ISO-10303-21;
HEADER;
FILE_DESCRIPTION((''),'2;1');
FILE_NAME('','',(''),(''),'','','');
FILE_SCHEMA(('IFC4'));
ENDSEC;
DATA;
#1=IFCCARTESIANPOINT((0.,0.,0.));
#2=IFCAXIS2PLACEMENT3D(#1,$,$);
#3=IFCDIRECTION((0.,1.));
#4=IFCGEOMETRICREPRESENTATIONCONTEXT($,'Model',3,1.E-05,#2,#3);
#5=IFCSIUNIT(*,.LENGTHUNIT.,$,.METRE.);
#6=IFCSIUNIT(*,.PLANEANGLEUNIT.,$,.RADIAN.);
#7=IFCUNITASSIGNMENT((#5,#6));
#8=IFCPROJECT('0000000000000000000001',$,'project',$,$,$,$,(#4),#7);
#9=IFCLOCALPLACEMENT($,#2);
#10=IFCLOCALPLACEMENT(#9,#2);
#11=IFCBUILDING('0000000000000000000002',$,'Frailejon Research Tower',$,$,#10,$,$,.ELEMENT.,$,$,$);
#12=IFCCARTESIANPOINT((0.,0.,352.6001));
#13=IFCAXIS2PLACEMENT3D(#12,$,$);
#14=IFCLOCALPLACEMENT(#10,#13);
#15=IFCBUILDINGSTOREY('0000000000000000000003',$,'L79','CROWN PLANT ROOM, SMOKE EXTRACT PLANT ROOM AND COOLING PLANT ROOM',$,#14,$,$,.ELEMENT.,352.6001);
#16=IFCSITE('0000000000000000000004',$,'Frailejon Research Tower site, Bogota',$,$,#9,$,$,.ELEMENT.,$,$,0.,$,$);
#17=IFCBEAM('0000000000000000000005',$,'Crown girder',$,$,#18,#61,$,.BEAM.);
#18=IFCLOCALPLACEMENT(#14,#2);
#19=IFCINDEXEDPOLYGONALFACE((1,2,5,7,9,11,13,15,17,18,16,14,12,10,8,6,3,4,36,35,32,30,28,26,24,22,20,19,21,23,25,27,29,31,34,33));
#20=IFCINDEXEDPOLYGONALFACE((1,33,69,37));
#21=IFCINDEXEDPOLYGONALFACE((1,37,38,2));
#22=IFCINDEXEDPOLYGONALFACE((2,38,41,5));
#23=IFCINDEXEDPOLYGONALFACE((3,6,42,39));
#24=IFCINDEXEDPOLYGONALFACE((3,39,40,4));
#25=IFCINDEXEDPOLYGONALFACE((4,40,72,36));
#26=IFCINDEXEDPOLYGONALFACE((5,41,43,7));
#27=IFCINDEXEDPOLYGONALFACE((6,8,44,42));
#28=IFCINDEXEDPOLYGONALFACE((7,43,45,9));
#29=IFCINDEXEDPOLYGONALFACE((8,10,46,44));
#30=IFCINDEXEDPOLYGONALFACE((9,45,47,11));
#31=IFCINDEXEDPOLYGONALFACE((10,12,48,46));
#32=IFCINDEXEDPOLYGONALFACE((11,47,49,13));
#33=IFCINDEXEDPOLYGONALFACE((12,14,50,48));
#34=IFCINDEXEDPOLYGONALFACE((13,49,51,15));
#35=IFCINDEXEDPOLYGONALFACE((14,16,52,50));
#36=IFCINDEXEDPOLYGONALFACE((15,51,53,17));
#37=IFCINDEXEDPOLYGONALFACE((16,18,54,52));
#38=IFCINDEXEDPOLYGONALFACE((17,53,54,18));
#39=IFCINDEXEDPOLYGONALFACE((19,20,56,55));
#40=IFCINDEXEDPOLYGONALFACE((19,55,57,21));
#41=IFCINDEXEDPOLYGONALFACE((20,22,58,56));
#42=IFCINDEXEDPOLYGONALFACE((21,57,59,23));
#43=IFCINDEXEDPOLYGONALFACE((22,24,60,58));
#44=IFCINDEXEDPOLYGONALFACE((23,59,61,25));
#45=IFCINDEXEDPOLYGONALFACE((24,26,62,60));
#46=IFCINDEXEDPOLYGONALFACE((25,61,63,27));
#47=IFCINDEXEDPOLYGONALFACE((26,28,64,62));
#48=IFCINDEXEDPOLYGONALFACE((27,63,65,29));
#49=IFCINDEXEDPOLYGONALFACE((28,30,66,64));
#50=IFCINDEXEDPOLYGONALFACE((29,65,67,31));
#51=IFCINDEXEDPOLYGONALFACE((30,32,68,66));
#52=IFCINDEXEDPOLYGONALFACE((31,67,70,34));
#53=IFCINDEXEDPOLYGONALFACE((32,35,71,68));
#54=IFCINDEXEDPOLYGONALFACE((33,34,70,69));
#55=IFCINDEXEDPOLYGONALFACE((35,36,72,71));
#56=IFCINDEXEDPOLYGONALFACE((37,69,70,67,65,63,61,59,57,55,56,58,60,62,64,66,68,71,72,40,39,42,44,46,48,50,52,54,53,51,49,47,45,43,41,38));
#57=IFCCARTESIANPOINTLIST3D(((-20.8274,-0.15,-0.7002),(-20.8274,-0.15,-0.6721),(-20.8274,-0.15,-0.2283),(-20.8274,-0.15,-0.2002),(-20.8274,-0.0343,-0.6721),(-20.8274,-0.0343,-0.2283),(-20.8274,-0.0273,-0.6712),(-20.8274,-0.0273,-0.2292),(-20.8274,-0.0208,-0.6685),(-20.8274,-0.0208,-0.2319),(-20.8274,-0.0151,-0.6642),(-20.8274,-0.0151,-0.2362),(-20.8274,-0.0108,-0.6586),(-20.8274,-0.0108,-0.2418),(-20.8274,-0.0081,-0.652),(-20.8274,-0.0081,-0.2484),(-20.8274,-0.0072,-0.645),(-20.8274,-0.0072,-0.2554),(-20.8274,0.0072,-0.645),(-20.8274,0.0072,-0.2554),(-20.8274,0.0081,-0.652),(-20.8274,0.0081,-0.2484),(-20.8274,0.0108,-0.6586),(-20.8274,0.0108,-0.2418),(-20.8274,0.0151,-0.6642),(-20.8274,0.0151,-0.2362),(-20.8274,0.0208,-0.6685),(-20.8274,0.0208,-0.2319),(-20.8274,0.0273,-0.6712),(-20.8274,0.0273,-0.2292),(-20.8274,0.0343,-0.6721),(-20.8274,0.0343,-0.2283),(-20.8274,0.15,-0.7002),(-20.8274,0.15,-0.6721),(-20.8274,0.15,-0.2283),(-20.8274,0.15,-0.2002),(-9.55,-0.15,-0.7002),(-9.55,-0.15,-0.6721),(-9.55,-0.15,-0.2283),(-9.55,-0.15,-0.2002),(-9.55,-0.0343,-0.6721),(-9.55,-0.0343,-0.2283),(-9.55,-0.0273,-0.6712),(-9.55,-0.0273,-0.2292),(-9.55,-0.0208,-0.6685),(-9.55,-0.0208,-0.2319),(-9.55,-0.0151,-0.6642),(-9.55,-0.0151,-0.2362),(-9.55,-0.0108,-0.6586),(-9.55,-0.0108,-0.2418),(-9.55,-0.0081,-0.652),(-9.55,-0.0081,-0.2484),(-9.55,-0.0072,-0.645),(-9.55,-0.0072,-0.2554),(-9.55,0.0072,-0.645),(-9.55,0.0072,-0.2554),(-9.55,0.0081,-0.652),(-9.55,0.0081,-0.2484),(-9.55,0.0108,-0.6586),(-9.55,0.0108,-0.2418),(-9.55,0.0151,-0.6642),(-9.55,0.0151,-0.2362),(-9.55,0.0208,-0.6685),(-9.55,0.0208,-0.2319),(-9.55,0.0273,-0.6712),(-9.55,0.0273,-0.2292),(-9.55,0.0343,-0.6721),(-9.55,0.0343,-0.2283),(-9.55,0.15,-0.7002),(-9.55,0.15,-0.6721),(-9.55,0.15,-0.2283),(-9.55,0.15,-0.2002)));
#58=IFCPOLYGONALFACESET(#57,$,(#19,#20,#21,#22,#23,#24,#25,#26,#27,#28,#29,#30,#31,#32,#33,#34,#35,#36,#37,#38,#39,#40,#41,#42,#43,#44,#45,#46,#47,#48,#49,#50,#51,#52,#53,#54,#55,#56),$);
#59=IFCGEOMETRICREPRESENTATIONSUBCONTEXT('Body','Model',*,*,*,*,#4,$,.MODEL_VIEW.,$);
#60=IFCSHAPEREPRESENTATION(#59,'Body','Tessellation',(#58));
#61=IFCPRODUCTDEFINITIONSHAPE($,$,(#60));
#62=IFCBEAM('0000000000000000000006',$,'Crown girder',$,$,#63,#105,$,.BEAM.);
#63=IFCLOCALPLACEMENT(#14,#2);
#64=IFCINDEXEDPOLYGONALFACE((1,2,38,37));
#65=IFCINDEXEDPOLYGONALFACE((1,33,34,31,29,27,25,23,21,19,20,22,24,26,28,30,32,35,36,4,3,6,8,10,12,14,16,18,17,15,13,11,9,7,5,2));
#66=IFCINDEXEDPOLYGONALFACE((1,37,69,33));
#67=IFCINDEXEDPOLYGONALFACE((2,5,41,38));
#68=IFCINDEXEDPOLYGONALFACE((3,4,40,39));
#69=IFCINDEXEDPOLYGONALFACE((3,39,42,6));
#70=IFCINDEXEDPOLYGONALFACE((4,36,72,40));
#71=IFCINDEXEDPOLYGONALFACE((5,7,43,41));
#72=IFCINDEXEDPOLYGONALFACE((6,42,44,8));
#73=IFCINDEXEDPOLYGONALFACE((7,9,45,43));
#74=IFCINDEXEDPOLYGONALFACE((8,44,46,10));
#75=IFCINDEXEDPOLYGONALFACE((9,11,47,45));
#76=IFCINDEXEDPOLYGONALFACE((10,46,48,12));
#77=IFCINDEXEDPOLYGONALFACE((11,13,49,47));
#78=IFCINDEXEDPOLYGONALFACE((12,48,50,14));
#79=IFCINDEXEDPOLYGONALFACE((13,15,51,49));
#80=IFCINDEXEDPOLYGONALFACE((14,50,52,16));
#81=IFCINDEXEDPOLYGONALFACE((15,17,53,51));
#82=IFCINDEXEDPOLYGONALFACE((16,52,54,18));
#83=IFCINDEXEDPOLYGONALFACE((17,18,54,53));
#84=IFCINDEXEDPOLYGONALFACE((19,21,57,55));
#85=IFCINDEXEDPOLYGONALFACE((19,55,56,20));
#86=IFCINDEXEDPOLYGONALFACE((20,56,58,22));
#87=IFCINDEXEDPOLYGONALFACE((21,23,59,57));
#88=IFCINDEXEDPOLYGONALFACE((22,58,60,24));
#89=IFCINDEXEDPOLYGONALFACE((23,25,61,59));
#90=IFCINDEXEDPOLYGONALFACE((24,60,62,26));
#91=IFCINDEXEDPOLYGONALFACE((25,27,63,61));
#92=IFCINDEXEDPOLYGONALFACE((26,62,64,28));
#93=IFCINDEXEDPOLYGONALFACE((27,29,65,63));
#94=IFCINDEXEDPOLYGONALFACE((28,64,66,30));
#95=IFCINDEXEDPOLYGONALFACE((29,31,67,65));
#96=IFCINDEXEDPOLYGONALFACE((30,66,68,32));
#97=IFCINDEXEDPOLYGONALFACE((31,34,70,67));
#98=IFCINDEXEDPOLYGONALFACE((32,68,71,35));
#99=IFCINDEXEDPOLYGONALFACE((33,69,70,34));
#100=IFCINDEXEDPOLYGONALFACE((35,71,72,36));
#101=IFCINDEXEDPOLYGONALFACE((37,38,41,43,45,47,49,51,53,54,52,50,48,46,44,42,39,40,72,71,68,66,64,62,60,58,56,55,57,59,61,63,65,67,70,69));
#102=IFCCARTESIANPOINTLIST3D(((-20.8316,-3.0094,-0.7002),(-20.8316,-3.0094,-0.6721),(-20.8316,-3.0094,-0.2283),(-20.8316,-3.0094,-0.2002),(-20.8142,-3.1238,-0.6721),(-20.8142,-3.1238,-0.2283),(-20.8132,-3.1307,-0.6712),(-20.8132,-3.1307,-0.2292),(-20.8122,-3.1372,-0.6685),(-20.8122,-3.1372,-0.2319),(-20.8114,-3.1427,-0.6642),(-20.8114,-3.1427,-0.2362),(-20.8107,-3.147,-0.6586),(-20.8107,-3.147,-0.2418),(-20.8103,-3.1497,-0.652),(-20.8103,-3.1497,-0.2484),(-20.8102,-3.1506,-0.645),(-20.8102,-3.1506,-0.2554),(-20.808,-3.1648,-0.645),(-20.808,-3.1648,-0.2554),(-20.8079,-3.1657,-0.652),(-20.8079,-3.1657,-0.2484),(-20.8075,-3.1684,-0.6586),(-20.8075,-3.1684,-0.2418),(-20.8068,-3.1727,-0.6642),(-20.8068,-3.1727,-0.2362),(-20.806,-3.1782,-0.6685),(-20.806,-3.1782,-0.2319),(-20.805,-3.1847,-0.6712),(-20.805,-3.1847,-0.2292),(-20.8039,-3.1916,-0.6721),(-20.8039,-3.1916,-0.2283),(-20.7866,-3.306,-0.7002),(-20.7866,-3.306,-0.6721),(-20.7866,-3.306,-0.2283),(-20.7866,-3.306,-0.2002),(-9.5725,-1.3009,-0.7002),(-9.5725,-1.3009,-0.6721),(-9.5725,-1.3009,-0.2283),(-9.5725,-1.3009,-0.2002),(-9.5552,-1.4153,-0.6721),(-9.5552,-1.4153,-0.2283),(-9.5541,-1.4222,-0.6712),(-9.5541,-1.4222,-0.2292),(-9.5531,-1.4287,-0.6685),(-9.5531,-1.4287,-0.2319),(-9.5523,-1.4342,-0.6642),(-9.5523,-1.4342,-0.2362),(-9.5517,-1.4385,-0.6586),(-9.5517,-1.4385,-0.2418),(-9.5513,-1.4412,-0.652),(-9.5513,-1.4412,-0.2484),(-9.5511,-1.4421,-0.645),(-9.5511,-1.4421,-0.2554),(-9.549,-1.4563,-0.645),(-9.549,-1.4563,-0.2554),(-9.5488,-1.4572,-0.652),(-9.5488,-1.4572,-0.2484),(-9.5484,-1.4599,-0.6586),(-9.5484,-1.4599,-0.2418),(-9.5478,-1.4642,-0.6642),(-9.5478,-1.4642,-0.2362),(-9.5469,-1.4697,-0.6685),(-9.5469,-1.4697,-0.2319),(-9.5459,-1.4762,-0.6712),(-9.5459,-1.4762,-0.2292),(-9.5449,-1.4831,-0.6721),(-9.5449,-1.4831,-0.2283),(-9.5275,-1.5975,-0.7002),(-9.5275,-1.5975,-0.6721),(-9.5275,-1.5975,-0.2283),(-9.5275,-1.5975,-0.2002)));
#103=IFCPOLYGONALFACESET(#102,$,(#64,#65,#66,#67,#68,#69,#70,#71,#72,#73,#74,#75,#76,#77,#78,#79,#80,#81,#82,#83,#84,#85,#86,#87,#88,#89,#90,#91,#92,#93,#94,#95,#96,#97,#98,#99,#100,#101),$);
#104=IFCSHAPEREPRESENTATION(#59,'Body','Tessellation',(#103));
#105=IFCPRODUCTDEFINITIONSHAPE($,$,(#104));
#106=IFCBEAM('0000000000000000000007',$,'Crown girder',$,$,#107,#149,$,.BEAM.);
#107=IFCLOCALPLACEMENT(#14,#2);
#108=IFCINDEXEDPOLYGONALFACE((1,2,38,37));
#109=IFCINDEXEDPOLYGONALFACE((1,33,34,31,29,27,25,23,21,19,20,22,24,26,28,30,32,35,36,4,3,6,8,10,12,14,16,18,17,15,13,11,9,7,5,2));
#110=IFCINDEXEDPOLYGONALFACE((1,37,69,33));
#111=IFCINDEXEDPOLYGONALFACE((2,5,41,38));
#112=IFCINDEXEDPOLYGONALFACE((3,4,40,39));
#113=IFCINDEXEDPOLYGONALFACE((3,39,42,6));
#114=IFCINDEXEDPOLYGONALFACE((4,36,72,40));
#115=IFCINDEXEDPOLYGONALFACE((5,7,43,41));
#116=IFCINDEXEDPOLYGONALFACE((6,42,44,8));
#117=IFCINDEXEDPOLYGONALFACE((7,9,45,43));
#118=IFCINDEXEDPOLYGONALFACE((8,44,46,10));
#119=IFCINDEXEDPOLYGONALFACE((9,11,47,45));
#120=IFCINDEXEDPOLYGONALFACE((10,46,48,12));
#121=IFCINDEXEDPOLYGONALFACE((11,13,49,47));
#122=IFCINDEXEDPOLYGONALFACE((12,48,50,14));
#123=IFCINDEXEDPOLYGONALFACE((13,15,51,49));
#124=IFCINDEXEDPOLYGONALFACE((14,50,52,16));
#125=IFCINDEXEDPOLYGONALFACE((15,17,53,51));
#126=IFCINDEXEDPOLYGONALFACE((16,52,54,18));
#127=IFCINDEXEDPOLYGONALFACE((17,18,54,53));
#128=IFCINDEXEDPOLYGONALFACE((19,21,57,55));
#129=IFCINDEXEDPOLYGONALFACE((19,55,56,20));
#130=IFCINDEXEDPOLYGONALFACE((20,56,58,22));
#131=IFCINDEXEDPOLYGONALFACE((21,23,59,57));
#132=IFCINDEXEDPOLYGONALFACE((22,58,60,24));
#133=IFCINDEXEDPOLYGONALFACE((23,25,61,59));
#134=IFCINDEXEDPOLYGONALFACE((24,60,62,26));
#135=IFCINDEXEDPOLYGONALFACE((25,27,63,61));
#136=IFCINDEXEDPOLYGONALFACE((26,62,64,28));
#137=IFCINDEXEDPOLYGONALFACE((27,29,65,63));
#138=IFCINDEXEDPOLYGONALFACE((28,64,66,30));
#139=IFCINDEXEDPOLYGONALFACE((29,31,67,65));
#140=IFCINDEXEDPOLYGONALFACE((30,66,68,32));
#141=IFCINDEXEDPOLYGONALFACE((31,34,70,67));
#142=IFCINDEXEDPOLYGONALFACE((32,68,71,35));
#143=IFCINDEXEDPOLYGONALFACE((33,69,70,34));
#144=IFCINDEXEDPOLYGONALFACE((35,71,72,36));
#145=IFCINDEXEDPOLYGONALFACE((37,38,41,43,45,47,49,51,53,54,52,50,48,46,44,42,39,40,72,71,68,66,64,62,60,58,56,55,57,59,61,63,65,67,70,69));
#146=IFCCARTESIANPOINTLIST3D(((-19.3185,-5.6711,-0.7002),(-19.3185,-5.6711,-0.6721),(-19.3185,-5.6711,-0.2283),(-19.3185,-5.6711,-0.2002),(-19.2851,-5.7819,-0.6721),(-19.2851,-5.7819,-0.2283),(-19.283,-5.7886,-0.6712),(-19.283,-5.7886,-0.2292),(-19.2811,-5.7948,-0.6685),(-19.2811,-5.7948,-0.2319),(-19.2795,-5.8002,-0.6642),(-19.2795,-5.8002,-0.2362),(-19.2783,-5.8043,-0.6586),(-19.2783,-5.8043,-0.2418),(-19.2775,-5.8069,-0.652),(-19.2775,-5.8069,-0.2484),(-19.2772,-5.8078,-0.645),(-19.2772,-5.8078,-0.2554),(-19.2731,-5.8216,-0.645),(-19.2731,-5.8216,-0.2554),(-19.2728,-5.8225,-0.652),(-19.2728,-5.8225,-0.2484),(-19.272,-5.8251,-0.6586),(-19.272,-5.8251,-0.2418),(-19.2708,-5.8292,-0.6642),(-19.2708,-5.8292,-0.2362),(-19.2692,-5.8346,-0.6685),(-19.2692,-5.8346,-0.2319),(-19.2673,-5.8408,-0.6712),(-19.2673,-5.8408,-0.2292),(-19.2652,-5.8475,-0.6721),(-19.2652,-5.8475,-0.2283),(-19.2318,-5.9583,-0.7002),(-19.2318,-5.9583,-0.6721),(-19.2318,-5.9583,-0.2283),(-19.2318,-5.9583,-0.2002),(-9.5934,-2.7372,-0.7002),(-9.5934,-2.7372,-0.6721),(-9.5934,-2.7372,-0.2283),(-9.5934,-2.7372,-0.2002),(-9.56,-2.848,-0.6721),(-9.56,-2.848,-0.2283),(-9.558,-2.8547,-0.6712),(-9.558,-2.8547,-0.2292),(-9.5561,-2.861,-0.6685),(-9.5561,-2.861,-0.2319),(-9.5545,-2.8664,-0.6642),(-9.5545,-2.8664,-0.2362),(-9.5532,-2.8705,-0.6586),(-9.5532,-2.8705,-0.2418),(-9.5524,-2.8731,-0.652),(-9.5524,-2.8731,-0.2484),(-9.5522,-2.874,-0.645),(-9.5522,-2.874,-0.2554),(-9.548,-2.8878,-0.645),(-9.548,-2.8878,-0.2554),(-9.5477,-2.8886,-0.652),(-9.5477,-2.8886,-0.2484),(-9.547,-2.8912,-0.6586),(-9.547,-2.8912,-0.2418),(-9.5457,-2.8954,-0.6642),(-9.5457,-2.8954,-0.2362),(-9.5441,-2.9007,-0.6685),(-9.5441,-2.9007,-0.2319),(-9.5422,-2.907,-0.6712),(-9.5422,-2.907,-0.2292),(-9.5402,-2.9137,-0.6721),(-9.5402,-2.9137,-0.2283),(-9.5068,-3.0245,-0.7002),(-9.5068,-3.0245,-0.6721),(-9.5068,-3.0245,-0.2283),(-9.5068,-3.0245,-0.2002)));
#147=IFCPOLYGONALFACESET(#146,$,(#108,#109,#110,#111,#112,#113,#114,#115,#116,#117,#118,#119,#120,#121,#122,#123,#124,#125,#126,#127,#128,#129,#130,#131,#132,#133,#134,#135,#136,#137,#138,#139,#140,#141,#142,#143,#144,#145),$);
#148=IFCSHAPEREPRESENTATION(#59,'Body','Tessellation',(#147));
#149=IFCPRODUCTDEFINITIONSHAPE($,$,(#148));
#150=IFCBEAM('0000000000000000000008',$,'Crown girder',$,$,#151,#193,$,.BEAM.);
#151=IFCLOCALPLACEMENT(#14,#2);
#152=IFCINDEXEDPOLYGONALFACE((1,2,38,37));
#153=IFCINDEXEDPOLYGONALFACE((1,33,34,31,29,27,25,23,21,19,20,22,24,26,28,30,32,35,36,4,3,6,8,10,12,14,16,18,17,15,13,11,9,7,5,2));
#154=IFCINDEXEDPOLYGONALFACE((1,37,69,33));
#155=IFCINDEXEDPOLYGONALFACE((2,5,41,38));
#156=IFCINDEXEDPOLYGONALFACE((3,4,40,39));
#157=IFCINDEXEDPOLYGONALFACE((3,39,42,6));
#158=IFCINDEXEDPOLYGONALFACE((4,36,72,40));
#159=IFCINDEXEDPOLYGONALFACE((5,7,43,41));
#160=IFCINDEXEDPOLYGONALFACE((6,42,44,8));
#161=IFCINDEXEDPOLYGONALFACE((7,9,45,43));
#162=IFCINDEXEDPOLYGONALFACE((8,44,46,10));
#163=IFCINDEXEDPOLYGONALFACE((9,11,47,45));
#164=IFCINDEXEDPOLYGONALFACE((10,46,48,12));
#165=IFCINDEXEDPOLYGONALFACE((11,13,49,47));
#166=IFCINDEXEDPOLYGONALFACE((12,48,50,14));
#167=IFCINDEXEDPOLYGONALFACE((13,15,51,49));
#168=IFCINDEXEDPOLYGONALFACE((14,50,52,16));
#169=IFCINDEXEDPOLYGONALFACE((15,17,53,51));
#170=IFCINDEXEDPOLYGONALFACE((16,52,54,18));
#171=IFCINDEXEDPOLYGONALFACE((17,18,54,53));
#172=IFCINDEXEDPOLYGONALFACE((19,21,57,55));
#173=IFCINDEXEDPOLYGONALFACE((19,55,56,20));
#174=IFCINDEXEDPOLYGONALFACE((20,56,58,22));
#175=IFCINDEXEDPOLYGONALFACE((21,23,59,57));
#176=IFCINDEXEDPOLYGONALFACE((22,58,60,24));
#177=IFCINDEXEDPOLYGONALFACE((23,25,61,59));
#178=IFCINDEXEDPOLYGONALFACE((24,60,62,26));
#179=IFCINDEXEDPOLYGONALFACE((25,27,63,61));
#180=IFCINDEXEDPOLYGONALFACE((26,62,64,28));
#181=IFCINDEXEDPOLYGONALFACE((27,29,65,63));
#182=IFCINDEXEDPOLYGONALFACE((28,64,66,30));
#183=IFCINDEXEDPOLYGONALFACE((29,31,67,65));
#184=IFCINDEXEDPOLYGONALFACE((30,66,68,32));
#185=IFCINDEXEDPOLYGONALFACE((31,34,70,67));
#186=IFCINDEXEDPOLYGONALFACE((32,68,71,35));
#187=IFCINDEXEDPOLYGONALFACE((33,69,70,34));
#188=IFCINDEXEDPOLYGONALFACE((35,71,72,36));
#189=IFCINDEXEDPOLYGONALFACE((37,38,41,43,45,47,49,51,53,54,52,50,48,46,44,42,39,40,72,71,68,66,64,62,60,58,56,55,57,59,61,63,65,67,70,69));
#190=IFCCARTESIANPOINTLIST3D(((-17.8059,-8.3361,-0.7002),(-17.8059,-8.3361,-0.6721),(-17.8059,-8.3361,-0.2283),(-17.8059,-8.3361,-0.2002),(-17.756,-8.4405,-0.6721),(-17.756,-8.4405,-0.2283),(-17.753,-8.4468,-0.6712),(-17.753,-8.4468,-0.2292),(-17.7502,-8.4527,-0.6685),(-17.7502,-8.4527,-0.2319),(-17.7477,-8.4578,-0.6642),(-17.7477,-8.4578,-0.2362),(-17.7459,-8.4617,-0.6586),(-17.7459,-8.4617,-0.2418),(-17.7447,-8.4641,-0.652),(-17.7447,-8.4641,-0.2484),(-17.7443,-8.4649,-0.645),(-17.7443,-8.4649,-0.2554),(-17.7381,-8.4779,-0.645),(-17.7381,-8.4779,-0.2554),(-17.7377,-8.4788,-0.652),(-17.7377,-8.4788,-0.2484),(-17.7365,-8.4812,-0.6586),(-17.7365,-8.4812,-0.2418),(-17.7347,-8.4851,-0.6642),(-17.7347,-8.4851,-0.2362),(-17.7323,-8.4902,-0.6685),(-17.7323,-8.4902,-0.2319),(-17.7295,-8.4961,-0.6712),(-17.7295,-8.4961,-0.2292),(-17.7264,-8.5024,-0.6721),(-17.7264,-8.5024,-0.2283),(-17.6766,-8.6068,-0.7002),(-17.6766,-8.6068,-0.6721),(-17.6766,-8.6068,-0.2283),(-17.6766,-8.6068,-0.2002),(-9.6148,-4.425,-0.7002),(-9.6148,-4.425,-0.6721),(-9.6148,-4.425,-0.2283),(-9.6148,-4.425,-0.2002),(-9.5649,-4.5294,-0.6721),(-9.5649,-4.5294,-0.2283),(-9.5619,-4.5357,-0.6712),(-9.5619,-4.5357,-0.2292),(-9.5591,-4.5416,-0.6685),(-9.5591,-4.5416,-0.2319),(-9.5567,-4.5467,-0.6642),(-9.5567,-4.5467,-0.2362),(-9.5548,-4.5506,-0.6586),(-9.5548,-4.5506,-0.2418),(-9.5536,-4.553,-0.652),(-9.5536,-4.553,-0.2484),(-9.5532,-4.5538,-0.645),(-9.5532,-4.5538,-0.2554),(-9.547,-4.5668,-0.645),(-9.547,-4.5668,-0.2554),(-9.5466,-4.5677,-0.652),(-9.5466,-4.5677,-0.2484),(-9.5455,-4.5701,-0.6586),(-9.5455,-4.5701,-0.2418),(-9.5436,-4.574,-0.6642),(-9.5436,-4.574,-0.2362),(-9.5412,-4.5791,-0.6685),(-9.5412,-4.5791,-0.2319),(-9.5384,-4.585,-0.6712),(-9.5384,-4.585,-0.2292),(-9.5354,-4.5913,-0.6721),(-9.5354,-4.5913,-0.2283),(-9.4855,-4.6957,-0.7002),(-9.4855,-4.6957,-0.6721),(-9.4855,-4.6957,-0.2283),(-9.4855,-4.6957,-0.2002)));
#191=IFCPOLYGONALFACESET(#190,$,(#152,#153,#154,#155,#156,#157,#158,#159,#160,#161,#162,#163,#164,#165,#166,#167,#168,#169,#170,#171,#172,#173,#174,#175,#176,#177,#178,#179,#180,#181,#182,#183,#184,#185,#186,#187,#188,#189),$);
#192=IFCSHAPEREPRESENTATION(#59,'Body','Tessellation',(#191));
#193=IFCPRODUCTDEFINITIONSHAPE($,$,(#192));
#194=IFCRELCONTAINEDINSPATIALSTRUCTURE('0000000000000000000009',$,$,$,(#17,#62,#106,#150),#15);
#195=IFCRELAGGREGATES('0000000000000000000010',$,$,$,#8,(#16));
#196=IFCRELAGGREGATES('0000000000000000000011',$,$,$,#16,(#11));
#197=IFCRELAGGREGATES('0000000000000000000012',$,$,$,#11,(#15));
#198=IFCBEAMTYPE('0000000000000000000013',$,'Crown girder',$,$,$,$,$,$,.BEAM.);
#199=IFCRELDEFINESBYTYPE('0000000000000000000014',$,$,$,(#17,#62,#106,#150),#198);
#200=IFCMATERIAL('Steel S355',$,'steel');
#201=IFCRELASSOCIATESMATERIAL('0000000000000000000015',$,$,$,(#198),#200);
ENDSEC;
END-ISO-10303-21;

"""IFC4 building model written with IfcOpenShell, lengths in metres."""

from ifc_helpers import new_model, si_unit, direction, frame, origin, origin_2d, place, context, subcontext, project, spatial, i_section, extrude, material, material_profile, profile_set, type_object, element, save


model = new_model("IFC4")

# Units and contexts
model_context = context("Model", 3, precision=1e-05, world=origin(), true_north=direction((0.0, 1.0)))
body_context = subcontext(model_context, "Body", "Model", "MODEL_VIEW")
ifc_project = project(units=[si_unit("LENGTHUNIT", "METRE"), si_unit("PLANEANGLEUNIT", "RADIAN")], contexts=[model_context])

# Site, building, storey
site_placement = place(None, origin())
site = spatial("IfcSite", under=ifc_project, at=site_placement, Name="Frailejon Research Tower site, Bogota", CompositionType="ELEMENT", RefElevation=0.0)
building_placement = place(site_placement, origin())
building = spatial("IfcBuilding", under=site, at=building_placement, Name="Frailejon Research Tower", CompositionType="ELEMENT")
storey_placement = place(building_placement, frame((0.0, 0.0, 352.6001)))
storey = spatial("IfcBuildingStorey", under=building, at=storey_placement, Name="L79", Description="CROWN PLANT ROOM, SMOKE EXTRACT PLANT ROOM AND COOLING PLANT ROOM", CompositionType="ELEMENT", Elevation=352.6001)

# Beams
ifc_material_1 = material(Name="Steel S355", Category="steel")
ifc_material_profile_1 = material_profile(ifc_material_1, i_section(OverallWidth=0.3, OverallDepth=0.5, WebThickness=0.0144, FlangeThickness=0.0281, FilletRadius=0.0271, at=origin_2d()), Name="HE 500 B")
ifc_profile_set_1 = profile_set([ifc_material_profile_1], Name="Steel S355")
beam_type_1 = type_object("IfcBeamType", Name="Crown girder", PredefinedType="BEAM", material=ifc_profile_set_1)
beam_1_placement = place(storey_placement, frame((-20.8274, 0.0, -0.4502), z_axis=(1.0, 0.0, 0.0), x_axis=(0.0, 1.0, 0.0)))
element("IfcBeam", 1, at=beam_1_placement, inside=storey, type_object=beam_type_1, Name="Crown girder", PredefinedType="BEAM", context=body_context, shape_type="SweptSolid", body=[
    extrude(i_section(OverallWidth=0.3, OverallDepth=0.5, WebThickness=0.0144, FlangeThickness=0.0281, FilletRadius=0.0271, at=origin_2d()), origin(), (0.0, 0.0, 1.0), 11.2773),
])
beam_2_placement = place(storey_placement, frame((-20.8091, -3.1577, -0.4502), z_axis=(0.988682, 0.150027, 0.0), x_axis=(-0.150027, 0.988682, 0.0)))
element("IfcBeam", 2, at=beam_2_placement, inside=storey, type_object=beam_type_1, Name="Crown girder", PredefinedType="BEAM", context=body_context, shape_type="SweptSolid", body=[
    extrude(i_section(OverallWidth=0.3, OverallDepth=0.5, WebThickness=0.0144, FlangeThickness=0.0281, FilletRadius=0.0271, at=origin_2d()), origin(), (0.0, 0.0, 1.0), 11.3879),
])
beam_3_placement = place(storey_placement, frame((-19.2751, -5.8147, -0.4502), z_axis=(0.957383, 0.28882, 0.0), x_axis=(-0.28882, 0.957383, 0.0)))
element("IfcBeam", 3, at=beam_3_placement, inside=storey, type_object=beam_type_1, Name="Crown girder", PredefinedType="BEAM", context=body_context, shape_type="SweptSolid", body=[
    extrude(i_section(OverallWidth=0.3, OverallDepth=0.5, WebThickness=0.0144, FlangeThickness=0.0281, FilletRadius=0.0271, at=origin_2d()), origin(), (0.0, 0.0, 1.0), 10.158),
])
beam_4_placement = place(storey_placement, frame((-17.7412, -8.4714, -0.4502), z_axis=(0.902408, 0.430883, 0.0), x_axis=(-0.430883, 0.902408, 0.0)))
element("IfcBeam", 4, at=beam_4_placement, inside=storey, type_object=beam_type_1, Name="Crown girder", PredefinedType="BEAM", context=body_context, shape_type="SweptSolid", body=[
    extrude(i_section(OverallWidth=0.3, OverallDepth=0.5, WebThickness=0.0144, FlangeThickness=0.0281, FilletRadius=0.0271, at=origin_2d()), origin(), (0.0, 0.0, 1.0), 9.0769),
])

save(model, "model.ifc")
